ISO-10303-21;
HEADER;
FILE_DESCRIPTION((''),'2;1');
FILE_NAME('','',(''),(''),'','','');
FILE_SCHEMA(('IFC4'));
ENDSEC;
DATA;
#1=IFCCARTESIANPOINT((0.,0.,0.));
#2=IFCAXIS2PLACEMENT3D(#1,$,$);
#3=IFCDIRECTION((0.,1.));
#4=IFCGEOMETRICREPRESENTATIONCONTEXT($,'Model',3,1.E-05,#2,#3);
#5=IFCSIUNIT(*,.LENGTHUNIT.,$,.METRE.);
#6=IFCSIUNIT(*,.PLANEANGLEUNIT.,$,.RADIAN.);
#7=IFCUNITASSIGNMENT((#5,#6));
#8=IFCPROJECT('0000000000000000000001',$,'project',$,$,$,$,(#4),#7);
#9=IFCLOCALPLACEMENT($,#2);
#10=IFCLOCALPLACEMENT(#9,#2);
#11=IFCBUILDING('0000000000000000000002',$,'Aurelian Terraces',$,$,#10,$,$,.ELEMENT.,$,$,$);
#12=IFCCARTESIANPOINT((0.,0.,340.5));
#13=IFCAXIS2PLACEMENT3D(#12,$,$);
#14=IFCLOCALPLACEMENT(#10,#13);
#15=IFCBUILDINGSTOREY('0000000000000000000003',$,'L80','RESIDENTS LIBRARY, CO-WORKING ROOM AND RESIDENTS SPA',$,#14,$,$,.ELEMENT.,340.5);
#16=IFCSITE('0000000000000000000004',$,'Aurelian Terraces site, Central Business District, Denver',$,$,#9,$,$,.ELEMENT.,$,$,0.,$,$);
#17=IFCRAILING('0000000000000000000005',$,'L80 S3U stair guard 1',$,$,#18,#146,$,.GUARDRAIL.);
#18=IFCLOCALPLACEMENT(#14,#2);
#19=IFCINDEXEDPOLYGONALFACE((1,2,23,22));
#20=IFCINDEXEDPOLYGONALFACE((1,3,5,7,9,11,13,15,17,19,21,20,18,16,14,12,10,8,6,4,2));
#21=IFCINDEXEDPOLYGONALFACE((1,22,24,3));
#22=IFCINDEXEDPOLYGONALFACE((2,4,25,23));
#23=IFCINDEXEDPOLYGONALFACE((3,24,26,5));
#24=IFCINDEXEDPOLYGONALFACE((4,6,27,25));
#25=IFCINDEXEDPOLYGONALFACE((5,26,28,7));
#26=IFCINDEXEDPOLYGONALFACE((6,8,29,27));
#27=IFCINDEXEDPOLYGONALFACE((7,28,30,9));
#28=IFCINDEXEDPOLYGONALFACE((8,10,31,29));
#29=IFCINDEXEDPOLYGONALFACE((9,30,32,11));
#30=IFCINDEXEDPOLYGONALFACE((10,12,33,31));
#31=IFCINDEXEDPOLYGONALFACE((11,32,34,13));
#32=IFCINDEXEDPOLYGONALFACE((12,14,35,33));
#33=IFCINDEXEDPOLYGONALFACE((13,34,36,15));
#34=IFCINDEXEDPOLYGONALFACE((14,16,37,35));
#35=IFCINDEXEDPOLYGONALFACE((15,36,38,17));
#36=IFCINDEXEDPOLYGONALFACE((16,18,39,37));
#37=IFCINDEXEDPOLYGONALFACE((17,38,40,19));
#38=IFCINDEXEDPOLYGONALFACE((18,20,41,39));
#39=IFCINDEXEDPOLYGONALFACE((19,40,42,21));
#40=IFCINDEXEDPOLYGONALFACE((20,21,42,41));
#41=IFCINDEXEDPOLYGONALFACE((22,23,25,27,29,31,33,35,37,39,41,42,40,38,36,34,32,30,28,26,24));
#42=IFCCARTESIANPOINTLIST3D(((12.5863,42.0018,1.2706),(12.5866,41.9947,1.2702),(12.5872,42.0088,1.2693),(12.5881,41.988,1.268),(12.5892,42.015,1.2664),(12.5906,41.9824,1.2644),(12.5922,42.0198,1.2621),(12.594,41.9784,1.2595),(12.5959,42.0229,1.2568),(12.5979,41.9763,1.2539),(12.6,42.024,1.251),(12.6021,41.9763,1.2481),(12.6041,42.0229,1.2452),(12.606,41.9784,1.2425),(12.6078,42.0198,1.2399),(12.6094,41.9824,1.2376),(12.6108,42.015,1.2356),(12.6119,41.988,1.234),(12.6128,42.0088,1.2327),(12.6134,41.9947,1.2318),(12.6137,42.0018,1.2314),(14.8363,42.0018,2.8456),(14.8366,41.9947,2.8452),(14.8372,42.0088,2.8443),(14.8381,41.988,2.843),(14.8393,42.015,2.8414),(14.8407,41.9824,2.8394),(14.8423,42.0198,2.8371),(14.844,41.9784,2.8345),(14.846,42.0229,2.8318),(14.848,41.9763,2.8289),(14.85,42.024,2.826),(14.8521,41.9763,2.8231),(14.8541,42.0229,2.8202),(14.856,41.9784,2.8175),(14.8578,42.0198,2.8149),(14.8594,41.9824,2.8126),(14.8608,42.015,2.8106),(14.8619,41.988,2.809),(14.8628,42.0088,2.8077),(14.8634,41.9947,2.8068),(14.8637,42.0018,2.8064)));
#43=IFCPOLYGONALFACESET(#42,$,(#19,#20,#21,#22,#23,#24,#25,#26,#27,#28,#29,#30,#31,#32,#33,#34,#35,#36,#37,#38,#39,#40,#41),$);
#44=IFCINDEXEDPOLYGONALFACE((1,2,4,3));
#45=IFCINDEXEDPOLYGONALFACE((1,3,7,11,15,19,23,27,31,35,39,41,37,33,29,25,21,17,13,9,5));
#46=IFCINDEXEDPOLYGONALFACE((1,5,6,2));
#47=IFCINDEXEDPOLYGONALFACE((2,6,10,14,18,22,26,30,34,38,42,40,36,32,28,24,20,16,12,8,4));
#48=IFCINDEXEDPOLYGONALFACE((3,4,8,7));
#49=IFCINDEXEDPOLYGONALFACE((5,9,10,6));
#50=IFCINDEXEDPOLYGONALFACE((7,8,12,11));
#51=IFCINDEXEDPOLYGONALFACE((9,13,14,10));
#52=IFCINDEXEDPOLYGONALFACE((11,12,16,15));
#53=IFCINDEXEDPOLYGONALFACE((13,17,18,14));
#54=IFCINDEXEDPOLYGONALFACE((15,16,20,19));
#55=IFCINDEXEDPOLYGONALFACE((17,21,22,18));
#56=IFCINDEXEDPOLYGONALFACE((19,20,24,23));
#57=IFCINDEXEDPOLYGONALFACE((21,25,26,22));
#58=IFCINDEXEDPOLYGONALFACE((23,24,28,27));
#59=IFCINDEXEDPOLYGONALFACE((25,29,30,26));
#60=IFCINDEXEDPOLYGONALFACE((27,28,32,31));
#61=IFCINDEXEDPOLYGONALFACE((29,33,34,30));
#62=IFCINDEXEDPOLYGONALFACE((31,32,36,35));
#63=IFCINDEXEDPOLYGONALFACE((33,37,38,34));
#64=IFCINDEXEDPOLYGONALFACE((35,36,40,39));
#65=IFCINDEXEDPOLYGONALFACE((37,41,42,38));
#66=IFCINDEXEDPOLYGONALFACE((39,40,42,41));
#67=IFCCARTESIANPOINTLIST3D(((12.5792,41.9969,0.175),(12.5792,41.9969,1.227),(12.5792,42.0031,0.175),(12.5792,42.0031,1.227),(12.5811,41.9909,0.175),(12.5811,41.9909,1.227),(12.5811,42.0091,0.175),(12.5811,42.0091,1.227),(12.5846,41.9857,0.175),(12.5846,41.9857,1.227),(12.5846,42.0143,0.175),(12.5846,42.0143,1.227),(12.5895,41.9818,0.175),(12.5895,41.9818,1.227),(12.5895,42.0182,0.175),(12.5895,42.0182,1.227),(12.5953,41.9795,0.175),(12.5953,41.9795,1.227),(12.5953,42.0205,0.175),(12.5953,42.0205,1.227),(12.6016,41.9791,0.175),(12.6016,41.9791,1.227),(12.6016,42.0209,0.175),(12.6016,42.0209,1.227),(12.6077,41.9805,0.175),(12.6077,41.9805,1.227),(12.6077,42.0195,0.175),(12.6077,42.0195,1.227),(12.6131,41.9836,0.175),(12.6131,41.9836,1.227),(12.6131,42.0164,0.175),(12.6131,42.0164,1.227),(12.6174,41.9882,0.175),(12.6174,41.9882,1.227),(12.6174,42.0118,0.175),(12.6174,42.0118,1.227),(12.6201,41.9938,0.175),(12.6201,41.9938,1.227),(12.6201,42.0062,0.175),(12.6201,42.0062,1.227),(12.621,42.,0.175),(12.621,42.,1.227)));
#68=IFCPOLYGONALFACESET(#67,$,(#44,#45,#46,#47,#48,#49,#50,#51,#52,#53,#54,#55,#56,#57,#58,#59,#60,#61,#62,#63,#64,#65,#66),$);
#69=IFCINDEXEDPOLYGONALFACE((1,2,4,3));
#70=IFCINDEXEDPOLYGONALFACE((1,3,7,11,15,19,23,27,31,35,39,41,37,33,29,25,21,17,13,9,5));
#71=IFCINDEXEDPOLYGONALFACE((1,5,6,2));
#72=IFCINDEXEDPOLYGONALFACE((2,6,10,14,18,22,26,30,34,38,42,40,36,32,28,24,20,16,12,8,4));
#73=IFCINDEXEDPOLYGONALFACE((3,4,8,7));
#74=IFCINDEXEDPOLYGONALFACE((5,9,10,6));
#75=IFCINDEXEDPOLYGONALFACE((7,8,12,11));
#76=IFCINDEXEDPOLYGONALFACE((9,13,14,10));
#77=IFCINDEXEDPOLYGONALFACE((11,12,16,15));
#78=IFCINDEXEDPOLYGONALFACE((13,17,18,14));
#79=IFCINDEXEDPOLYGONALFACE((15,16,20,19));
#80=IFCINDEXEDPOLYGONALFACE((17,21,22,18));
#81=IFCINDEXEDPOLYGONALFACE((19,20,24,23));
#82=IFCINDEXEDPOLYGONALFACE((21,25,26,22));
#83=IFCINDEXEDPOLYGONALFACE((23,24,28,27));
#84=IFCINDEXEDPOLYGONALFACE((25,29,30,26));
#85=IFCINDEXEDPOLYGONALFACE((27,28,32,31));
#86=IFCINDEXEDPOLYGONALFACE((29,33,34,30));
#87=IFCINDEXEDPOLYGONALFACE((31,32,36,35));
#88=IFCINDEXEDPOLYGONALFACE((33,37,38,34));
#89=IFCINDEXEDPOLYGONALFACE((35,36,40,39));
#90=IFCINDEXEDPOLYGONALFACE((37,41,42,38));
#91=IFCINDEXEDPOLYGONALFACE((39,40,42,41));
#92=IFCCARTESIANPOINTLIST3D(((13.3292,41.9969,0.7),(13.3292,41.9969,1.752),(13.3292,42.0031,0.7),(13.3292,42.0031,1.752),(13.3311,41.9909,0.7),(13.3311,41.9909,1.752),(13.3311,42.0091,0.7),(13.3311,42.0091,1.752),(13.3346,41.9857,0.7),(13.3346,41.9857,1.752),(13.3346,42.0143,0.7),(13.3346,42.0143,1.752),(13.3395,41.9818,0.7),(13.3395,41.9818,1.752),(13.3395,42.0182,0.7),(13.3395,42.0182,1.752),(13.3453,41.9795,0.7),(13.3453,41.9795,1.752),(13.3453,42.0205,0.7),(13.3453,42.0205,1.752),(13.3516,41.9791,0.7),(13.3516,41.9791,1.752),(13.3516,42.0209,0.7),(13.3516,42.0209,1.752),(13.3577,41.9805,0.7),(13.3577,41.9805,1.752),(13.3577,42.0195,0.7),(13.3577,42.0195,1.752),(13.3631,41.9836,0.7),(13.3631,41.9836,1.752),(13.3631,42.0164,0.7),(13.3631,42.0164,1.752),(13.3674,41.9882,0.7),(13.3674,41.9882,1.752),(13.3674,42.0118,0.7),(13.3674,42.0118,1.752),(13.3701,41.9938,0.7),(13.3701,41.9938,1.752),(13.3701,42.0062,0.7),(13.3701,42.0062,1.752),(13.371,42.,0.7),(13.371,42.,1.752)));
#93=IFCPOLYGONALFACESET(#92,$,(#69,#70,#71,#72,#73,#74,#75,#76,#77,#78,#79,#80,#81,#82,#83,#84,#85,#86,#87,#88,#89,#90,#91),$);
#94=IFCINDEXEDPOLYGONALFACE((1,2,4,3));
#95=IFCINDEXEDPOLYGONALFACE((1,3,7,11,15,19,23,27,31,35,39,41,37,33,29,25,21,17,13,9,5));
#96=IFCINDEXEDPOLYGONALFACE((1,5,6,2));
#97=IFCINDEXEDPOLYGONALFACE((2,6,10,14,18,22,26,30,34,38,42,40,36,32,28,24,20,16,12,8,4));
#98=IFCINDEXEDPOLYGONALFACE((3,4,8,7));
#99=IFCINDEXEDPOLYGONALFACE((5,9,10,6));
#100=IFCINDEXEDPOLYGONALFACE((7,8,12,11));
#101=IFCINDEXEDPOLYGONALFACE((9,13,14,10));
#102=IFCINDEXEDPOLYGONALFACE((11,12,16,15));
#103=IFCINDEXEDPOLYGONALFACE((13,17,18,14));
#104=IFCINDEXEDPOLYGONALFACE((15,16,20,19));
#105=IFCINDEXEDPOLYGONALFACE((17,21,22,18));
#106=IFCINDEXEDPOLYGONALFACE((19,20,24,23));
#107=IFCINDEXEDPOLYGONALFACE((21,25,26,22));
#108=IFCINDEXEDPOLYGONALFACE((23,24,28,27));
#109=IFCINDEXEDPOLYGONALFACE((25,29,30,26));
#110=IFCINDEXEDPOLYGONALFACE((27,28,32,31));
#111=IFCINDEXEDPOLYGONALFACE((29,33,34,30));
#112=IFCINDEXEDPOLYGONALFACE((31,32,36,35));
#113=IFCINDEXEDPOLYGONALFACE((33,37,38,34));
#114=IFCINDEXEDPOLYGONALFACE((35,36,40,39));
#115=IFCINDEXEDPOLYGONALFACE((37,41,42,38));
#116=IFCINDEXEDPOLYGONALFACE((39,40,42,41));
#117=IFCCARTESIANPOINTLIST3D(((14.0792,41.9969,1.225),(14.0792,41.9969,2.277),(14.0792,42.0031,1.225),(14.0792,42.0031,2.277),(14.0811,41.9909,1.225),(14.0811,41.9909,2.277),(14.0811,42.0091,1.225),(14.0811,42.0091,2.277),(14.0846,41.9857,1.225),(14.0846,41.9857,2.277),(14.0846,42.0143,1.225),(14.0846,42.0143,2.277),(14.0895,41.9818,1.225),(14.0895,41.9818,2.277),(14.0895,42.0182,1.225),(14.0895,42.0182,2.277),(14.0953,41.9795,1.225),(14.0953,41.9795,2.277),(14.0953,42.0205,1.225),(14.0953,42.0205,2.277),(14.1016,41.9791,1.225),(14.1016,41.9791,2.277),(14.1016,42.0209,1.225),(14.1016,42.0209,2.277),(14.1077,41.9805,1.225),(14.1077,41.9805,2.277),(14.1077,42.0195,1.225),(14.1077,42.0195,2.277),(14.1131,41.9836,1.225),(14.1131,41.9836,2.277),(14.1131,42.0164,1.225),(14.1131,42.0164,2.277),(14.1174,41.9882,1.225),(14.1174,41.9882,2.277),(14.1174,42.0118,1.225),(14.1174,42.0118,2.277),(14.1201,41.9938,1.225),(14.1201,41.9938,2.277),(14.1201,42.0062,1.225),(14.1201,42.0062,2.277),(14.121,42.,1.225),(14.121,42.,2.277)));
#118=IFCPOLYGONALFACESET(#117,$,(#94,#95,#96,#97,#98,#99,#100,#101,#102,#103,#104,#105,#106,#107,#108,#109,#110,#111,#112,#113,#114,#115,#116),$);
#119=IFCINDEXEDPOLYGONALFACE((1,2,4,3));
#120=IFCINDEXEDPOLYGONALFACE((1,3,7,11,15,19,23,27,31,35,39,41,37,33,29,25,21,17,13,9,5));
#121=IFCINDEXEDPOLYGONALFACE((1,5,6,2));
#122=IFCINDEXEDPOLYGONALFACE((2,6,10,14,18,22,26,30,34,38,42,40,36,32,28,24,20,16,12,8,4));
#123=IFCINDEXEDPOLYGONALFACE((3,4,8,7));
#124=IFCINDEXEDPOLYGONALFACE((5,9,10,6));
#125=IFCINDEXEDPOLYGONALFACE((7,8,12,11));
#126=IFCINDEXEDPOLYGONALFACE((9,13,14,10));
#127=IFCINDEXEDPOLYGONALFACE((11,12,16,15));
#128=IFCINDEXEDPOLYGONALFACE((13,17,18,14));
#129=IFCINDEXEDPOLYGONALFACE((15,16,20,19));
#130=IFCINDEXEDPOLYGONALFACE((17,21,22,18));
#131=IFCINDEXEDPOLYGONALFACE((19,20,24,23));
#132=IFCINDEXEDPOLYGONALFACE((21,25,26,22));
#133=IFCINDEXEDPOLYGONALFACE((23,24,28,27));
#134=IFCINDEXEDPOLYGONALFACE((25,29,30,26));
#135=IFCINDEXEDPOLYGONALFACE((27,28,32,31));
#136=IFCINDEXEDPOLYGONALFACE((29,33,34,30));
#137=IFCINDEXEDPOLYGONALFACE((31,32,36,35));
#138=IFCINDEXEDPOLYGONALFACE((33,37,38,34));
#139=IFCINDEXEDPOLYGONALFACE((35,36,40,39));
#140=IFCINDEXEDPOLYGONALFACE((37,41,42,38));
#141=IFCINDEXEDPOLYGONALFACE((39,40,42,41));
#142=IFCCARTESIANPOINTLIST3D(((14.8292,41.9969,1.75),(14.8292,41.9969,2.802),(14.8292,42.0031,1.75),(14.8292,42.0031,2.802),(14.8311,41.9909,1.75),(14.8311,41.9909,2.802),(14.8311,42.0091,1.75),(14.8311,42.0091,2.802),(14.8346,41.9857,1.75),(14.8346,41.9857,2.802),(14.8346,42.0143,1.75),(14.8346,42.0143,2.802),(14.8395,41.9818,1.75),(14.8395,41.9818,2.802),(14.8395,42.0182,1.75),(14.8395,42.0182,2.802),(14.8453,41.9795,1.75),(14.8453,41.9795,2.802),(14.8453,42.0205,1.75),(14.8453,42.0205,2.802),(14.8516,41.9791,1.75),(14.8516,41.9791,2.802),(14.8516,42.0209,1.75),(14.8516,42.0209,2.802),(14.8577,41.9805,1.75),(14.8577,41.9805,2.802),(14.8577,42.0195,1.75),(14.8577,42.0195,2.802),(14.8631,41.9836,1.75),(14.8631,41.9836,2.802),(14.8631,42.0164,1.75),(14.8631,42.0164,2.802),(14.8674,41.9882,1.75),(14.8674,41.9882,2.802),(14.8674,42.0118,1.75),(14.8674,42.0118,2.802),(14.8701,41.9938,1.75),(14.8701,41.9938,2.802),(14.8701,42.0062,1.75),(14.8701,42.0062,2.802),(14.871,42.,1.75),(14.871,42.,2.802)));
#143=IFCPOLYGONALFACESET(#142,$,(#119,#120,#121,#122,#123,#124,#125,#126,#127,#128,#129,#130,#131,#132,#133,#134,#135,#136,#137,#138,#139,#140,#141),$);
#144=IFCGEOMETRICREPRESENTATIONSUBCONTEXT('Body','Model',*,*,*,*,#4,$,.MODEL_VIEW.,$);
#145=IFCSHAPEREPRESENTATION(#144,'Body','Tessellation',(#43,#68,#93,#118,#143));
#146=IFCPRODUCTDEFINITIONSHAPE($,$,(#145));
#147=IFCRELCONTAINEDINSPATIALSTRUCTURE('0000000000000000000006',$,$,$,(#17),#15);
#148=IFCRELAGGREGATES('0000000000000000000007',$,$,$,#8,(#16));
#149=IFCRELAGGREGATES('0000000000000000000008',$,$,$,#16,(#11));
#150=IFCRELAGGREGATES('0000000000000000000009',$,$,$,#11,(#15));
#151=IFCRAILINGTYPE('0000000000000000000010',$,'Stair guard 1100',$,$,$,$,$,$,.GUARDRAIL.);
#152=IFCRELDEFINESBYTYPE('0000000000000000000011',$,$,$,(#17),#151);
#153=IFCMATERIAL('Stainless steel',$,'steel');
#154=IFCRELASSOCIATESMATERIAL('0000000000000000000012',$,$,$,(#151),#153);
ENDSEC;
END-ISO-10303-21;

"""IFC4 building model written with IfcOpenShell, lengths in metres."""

from ifc_helpers import new_model, si_unit, direction, frame, origin, origin_2d, place, context, subcontext, project, spatial, circle, extrude, source, transform, mapped, material, type_object, element, save


model = new_model("IFC4")

# Units and contexts
model_context = context("Model", 3, precision=1e-05, world=origin(), true_north=direction((0.0, 1.0)))
body_context = subcontext(model_context, "Body", "Model", "MODEL_VIEW")
ifc_project = project(units=[si_unit("LENGTHUNIT", "METRE"), si_unit("PLANEANGLEUNIT", "RADIAN")], contexts=[model_context])

# Site, building, storey
site_placement = place(None, origin())
site = spatial("IfcSite", under=ifc_project, at=site_placement, Name="Aurelian Terraces site, Central Business District, Denver", CompositionType="ELEMENT", RefElevation=0.0)
building_placement = place(site_placement, origin())
building = spatial("IfcBuilding", under=site, at=building_placement, Name="Aurelian Terraces", CompositionType="ELEMENT")
storey_placement = place(building_placement, frame((0.0, 0.0, 340.5)))
storey = spatial("IfcBuildingStorey", under=building, at=storey_placement, Name="L80", Description="RESIDENTS LIBRARY, CO-WORKING ROOM AND RESIDENTS SPA", CompositionType="ELEMENT", Elevation=340.5)

# Railing
ifc_material_1 = material(Name="Stainless steel", Category="steel")
railing_type_1 = type_object("IfcRailingType", Name="Stair guard 1100", PredefinedType="GUARDRAIL", material=ifc_material_1)
shared_shape_1 = source(origin(), body_context, "Body", "SweptSolid", [
    extrude(circle(Radius=0.024, at=origin_2d()), frame((0.0, 0.0, 1.076), z_axis=(0.819232, 0.0, 0.573462), x_axis=(0.0, 1.0, 0.0)), (0.0, 0.0, 1.0), 2.7465),
    extrude(circle(Radius=0.021, at=origin_2d()), origin(), (0.0, 0.0, 1.0), 1.052),
    extrude(circle(Radius=0.021, at=origin_2d()), frame((0.75, 0.0, 0.525)), (0.0, 0.0, 1.0), 1.052),
    extrude(circle(Radius=0.021, at=origin_2d()), frame((1.5, 0.0, 1.05)), (0.0, 0.0, 1.0), 1.052),
    extrude(circle(Radius=0.021, at=origin_2d()), frame((2.25, 0.0, 1.575)), (0.0, 0.0, 1.0), 1.052),
])
railing_1_placement = place(storey_placement, frame((12.6, 42.0, 0.175)))
element("IfcRailing", 1, at=railing_1_placement, inside=storey, type_object=railing_type_1, Name="L80 S3U stair guard 1", PredefinedType="GUARDRAIL", context=body_context, shape_type="MappedRepresentation", body=[
    mapped(shared_shape_1, transform((0.0, 0.0, 0.0), scale=1.0)),
])

save(model, "model.ifc")
